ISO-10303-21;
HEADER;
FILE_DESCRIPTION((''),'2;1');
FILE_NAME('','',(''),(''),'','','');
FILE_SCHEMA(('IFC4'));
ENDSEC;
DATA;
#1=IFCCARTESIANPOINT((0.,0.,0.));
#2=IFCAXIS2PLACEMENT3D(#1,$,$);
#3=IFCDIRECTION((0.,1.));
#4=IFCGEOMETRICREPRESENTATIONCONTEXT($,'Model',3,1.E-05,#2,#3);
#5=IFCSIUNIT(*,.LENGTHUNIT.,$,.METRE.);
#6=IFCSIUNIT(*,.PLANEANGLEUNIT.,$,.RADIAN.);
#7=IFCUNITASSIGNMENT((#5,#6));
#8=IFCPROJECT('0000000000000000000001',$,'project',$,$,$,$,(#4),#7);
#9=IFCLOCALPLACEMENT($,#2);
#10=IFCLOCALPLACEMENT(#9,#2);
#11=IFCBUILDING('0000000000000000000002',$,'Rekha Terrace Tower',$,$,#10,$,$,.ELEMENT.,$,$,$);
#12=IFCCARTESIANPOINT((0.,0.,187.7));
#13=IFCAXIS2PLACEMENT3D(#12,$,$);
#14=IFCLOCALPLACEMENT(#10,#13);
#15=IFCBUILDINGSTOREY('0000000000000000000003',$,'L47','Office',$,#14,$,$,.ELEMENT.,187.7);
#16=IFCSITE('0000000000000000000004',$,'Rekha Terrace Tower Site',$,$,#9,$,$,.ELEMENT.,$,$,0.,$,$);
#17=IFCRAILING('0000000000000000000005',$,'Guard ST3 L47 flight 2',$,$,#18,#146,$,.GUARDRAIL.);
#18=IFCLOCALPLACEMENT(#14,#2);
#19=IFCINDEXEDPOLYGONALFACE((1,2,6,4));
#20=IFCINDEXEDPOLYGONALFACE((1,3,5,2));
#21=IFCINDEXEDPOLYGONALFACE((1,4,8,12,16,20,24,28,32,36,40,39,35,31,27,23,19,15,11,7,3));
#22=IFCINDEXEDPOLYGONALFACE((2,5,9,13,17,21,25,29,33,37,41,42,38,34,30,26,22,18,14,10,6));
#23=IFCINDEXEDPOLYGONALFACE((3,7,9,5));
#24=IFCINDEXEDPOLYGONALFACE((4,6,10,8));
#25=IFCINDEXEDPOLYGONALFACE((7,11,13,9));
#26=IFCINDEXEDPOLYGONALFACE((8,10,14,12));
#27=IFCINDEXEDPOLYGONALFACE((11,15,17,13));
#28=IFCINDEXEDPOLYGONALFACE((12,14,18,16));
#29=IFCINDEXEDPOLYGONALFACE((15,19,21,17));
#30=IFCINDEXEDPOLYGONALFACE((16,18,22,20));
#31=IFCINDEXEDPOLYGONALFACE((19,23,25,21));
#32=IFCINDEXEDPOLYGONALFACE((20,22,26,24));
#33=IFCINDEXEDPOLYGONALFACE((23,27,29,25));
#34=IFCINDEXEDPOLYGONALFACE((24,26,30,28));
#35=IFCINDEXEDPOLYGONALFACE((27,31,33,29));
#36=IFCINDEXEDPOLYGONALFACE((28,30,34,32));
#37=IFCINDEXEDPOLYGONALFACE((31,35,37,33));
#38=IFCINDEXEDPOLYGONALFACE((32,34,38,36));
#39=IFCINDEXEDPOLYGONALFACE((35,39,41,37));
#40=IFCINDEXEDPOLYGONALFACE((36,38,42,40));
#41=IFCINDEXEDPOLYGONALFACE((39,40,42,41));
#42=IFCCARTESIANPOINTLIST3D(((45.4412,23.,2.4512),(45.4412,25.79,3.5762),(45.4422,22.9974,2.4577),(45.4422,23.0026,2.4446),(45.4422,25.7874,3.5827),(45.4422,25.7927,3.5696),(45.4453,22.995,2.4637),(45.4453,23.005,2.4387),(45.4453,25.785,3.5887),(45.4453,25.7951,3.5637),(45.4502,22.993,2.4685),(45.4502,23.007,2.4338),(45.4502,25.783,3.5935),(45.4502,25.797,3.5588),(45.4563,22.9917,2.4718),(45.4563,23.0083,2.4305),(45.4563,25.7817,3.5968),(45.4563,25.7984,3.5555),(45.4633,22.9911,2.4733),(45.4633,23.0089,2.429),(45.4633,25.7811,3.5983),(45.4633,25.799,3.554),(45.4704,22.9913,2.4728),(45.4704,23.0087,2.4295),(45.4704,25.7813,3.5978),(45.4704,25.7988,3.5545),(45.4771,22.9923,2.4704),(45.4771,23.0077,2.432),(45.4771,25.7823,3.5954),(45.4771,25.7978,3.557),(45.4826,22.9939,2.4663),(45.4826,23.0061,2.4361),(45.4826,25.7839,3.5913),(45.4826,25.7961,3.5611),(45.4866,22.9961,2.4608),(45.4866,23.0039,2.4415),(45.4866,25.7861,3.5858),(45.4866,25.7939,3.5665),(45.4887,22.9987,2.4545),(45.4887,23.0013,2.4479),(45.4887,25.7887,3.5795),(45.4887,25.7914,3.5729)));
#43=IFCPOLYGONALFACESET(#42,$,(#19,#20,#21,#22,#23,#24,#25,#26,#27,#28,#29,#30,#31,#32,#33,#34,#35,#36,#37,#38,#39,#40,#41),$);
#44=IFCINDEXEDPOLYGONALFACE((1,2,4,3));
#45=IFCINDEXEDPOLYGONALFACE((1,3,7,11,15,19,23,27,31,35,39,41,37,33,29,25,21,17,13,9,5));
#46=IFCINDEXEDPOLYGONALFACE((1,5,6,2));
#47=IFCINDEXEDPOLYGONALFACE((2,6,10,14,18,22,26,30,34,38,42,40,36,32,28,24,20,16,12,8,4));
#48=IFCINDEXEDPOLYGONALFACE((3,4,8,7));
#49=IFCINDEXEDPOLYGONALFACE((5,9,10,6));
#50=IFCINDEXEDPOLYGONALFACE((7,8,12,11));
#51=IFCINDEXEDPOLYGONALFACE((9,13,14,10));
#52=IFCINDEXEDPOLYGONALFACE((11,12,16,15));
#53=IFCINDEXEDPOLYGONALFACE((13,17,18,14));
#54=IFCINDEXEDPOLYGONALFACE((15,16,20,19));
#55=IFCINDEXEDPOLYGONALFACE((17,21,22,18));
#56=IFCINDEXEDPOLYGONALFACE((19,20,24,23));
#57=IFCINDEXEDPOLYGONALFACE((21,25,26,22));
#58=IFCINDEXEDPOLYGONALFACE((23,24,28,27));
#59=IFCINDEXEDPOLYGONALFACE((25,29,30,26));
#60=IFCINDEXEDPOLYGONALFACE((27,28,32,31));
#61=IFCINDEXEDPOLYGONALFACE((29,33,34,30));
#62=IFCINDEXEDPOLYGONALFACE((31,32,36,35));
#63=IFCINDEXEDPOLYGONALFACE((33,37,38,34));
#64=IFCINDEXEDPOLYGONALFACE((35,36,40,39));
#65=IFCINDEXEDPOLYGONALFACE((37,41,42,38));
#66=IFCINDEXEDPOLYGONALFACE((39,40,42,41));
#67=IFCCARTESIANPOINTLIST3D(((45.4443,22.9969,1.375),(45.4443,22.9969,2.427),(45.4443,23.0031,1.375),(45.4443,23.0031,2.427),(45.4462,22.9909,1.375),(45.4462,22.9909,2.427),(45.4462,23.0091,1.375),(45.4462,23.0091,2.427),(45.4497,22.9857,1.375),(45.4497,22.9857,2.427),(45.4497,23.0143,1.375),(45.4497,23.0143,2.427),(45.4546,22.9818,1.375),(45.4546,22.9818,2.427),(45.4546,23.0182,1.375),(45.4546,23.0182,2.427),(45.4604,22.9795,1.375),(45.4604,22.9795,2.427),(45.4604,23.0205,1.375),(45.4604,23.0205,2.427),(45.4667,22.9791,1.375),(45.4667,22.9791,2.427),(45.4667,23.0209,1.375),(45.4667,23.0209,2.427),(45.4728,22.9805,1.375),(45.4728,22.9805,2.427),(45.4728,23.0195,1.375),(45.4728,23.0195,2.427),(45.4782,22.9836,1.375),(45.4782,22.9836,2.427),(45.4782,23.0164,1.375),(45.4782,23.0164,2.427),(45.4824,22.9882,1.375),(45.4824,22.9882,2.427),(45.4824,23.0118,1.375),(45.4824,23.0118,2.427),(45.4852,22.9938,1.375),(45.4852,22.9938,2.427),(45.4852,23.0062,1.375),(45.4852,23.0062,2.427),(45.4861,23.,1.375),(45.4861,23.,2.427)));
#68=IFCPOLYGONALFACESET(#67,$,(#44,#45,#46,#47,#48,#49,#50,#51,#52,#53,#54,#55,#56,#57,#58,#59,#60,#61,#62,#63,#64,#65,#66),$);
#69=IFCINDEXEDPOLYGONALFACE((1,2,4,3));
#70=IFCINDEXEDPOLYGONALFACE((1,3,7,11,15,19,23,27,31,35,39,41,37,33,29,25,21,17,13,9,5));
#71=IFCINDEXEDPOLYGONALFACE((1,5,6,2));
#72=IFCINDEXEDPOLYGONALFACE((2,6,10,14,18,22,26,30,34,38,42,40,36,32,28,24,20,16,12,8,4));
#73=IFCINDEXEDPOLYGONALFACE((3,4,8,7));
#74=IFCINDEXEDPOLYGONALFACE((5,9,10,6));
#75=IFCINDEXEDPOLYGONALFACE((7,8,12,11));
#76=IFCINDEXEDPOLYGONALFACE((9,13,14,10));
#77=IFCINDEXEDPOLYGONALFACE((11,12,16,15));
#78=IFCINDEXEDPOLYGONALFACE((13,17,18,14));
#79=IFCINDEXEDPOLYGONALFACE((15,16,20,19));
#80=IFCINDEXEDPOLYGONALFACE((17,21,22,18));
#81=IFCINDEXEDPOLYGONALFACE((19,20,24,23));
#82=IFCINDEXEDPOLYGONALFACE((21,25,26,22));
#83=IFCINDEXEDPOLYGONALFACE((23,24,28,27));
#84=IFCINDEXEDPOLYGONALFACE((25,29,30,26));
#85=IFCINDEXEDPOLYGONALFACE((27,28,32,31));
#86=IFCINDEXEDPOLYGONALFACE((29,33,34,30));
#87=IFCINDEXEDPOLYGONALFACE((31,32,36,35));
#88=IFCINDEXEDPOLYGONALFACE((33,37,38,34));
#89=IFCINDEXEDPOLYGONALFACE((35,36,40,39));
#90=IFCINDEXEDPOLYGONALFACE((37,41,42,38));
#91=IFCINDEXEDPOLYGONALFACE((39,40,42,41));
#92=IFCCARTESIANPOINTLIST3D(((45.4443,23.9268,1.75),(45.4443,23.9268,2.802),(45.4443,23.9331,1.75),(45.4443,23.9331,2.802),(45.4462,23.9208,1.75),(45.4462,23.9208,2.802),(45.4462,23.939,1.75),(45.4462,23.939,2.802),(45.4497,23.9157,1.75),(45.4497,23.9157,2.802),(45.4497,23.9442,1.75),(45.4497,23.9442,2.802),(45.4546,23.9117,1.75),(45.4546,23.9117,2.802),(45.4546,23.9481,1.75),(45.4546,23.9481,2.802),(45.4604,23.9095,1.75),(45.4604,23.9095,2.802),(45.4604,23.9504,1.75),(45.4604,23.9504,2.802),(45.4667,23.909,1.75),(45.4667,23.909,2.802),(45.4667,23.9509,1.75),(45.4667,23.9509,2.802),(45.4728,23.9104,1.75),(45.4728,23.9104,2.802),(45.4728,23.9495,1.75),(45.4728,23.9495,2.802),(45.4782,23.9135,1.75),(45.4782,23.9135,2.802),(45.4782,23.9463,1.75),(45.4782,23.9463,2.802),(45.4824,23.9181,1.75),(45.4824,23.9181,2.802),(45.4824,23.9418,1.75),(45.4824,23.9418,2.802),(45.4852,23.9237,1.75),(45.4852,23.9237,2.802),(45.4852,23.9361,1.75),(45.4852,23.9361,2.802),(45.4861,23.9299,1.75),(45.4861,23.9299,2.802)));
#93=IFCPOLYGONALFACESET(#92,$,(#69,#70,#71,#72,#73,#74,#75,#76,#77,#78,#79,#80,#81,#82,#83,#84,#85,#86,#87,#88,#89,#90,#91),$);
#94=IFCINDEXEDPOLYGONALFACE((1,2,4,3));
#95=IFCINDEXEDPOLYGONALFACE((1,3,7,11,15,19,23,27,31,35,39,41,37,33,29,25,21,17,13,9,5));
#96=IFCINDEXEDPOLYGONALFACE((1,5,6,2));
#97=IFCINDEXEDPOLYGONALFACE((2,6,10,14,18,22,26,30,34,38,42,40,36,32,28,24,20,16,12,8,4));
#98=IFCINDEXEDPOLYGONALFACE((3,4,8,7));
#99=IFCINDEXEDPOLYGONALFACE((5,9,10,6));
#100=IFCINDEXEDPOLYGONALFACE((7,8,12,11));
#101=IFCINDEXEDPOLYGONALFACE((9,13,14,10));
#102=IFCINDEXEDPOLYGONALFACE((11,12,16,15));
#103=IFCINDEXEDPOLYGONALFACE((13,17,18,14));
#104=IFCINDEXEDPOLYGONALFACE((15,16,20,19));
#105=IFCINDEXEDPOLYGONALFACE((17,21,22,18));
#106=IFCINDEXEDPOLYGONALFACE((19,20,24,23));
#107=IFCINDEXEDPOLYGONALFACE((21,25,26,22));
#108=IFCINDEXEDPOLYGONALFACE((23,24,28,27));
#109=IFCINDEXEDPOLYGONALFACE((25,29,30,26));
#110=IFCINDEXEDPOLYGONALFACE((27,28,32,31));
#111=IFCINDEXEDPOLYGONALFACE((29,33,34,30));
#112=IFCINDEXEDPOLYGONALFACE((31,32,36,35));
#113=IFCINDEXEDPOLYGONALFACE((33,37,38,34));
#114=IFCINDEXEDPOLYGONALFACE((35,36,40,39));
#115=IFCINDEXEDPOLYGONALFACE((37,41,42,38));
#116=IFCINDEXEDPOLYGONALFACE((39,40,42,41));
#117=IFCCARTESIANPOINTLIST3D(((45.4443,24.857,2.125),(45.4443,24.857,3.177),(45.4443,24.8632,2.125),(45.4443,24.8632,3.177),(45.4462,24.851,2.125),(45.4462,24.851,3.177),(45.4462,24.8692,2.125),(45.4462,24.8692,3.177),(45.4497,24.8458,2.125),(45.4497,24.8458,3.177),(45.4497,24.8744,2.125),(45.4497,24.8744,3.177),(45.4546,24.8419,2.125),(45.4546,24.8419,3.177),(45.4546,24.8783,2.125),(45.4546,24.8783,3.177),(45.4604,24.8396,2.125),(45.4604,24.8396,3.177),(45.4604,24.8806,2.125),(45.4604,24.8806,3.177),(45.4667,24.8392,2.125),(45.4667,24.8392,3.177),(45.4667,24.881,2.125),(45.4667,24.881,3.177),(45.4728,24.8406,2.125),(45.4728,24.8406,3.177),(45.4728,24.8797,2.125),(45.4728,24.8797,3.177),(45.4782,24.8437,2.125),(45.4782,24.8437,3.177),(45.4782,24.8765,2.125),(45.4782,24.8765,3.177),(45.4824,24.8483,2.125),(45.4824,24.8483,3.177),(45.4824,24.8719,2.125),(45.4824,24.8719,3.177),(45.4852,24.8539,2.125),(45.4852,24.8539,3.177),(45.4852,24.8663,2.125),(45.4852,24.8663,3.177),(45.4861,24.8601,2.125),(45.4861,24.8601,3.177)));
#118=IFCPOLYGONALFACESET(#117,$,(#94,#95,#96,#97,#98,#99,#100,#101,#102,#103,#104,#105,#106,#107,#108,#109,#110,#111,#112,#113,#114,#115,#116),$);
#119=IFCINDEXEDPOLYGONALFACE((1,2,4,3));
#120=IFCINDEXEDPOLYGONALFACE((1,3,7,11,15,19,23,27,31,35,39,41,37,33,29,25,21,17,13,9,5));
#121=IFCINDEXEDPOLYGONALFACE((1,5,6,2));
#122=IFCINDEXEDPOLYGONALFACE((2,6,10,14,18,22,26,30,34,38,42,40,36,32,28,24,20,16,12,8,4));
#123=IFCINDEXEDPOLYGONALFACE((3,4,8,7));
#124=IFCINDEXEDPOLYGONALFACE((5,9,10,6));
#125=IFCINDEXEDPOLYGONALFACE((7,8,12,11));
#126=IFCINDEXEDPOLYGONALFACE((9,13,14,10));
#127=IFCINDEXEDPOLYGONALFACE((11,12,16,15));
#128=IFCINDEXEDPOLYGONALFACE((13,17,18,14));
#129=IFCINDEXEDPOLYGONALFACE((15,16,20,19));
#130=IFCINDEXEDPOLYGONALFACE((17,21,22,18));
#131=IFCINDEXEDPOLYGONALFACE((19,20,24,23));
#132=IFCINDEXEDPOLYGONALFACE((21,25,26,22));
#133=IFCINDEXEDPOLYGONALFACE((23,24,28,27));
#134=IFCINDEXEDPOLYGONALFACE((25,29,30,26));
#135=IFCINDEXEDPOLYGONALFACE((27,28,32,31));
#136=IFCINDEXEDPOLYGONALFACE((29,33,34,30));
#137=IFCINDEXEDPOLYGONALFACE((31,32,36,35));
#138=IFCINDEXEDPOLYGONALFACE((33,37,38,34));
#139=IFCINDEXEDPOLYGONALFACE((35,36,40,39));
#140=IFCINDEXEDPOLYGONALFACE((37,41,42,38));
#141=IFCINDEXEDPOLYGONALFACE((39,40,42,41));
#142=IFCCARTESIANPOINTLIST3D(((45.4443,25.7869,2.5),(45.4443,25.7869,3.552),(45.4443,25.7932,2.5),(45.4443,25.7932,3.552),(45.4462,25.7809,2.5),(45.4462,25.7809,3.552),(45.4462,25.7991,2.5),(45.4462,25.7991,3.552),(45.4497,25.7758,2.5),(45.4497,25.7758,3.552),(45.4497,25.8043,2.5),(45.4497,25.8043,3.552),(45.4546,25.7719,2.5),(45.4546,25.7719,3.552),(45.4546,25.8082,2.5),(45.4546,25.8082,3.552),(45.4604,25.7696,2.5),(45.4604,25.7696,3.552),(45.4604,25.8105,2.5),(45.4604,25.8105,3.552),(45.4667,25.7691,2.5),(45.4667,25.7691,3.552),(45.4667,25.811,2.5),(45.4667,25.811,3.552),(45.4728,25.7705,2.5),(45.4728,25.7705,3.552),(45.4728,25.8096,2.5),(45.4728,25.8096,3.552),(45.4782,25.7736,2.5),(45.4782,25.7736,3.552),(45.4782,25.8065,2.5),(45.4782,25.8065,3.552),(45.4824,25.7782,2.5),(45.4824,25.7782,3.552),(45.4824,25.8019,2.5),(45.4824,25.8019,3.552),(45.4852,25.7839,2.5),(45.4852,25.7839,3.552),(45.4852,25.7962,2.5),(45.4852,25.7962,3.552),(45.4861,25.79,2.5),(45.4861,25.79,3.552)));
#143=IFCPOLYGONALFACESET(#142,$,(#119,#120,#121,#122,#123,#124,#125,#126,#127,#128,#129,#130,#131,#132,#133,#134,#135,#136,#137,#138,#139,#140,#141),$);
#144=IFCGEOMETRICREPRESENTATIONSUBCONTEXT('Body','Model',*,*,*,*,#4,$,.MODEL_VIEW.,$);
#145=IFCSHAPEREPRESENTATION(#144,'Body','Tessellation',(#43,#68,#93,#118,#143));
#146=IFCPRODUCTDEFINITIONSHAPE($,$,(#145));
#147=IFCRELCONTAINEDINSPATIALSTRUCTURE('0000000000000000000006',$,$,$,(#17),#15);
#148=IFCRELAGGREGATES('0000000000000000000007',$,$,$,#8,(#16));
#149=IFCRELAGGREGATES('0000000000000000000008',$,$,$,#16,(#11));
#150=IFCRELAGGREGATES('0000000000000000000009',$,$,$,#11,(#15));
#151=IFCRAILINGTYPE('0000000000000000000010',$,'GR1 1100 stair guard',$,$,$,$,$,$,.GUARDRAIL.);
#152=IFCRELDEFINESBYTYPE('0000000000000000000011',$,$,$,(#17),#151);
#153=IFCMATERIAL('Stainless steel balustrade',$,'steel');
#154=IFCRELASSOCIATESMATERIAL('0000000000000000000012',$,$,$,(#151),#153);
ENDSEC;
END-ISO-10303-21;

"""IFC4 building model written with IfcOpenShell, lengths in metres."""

from ifc_helpers import new_model, si_unit, direction, frame, origin, origin_2d, place, context, subcontext, project, spatial, circle, extrude, material, type_object, element, save


model = new_model("IFC4")

# Units and contexts
model_context = context("Model", 3, precision=1e-05, world=origin(), true_north=direction((0.0, 1.0)))
body_context = subcontext(model_context, "Body", "Model", "MODEL_VIEW")
ifc_project = project(units=[si_unit("LENGTHUNIT", "METRE"), si_unit("PLANEANGLEUNIT", "RADIAN")], contexts=[model_context])

# Site, building, storey
site_placement = place(None, origin())
site = spatial("IfcSite", under=ifc_project, at=site_placement, Name="Rekha Terrace Tower Site", CompositionType="ELEMENT", RefElevation=0.0)
building_placement = place(site_placement, origin())
building = spatial("IfcBuilding", under=site, at=building_placement, Name="Rekha Terrace Tower", CompositionType="ELEMENT")
storey_placement = place(building_placement, frame((0.0, 0.0, 187.7)))
storey = spatial("IfcBuildingStorey", under=building, at=storey_placement, Name="L47", Description="Office", CompositionType="ELEMENT", Elevation=187.7)

# Railing
ifc_material_1 = material(Name="Stainless steel balustrade", Category="steel")
railing_type_1 = type_object("IfcRailingType", Name="GR1 1100 stair guard", PredefinedType="GUARDRAIL", material=ifc_material_1)
railing_1_placement = place(storey_placement, frame((45.4651, 23.0, 1.375)))
element("IfcRailing", 1, at=railing_1_placement, inside=storey, type_object=railing_type_1, Name="Guard ST3 L47 flight 2", PredefinedType="GUARDRAIL", context=body_context, shape_type="SweptSolid", body=[
    extrude(circle(Radius=0.0239, at=origin_2d()), frame((0.0, 0.0, 1.0762), z_axis=(0.0, 0.927443, 0.373964), x_axis=(-1.0, 0.0, 0.0)), (0.0, 0.0, 1.0), 3.0083),
    extrude(circle(Radius=0.021, at=origin_2d()), origin(), (0.0, 0.0, 1.0), 1.052),
    extrude(circle(Radius=0.021, at=origin_2d()), frame((0.0, 0.9299, 0.375)), (0.0, 0.0, 1.0), 1.052),
    extrude(circle(Radius=0.021, at=origin_2d()), frame((0.0, 1.8601, 0.75)), (0.0, 0.0, 1.0), 1.052),
    extrude(circle(Radius=0.021, at=origin_2d()), frame((0.0, 2.79, 1.125)), (0.0, 0.0, 1.0), 1.052),
])

save(model, "model.ifc")
